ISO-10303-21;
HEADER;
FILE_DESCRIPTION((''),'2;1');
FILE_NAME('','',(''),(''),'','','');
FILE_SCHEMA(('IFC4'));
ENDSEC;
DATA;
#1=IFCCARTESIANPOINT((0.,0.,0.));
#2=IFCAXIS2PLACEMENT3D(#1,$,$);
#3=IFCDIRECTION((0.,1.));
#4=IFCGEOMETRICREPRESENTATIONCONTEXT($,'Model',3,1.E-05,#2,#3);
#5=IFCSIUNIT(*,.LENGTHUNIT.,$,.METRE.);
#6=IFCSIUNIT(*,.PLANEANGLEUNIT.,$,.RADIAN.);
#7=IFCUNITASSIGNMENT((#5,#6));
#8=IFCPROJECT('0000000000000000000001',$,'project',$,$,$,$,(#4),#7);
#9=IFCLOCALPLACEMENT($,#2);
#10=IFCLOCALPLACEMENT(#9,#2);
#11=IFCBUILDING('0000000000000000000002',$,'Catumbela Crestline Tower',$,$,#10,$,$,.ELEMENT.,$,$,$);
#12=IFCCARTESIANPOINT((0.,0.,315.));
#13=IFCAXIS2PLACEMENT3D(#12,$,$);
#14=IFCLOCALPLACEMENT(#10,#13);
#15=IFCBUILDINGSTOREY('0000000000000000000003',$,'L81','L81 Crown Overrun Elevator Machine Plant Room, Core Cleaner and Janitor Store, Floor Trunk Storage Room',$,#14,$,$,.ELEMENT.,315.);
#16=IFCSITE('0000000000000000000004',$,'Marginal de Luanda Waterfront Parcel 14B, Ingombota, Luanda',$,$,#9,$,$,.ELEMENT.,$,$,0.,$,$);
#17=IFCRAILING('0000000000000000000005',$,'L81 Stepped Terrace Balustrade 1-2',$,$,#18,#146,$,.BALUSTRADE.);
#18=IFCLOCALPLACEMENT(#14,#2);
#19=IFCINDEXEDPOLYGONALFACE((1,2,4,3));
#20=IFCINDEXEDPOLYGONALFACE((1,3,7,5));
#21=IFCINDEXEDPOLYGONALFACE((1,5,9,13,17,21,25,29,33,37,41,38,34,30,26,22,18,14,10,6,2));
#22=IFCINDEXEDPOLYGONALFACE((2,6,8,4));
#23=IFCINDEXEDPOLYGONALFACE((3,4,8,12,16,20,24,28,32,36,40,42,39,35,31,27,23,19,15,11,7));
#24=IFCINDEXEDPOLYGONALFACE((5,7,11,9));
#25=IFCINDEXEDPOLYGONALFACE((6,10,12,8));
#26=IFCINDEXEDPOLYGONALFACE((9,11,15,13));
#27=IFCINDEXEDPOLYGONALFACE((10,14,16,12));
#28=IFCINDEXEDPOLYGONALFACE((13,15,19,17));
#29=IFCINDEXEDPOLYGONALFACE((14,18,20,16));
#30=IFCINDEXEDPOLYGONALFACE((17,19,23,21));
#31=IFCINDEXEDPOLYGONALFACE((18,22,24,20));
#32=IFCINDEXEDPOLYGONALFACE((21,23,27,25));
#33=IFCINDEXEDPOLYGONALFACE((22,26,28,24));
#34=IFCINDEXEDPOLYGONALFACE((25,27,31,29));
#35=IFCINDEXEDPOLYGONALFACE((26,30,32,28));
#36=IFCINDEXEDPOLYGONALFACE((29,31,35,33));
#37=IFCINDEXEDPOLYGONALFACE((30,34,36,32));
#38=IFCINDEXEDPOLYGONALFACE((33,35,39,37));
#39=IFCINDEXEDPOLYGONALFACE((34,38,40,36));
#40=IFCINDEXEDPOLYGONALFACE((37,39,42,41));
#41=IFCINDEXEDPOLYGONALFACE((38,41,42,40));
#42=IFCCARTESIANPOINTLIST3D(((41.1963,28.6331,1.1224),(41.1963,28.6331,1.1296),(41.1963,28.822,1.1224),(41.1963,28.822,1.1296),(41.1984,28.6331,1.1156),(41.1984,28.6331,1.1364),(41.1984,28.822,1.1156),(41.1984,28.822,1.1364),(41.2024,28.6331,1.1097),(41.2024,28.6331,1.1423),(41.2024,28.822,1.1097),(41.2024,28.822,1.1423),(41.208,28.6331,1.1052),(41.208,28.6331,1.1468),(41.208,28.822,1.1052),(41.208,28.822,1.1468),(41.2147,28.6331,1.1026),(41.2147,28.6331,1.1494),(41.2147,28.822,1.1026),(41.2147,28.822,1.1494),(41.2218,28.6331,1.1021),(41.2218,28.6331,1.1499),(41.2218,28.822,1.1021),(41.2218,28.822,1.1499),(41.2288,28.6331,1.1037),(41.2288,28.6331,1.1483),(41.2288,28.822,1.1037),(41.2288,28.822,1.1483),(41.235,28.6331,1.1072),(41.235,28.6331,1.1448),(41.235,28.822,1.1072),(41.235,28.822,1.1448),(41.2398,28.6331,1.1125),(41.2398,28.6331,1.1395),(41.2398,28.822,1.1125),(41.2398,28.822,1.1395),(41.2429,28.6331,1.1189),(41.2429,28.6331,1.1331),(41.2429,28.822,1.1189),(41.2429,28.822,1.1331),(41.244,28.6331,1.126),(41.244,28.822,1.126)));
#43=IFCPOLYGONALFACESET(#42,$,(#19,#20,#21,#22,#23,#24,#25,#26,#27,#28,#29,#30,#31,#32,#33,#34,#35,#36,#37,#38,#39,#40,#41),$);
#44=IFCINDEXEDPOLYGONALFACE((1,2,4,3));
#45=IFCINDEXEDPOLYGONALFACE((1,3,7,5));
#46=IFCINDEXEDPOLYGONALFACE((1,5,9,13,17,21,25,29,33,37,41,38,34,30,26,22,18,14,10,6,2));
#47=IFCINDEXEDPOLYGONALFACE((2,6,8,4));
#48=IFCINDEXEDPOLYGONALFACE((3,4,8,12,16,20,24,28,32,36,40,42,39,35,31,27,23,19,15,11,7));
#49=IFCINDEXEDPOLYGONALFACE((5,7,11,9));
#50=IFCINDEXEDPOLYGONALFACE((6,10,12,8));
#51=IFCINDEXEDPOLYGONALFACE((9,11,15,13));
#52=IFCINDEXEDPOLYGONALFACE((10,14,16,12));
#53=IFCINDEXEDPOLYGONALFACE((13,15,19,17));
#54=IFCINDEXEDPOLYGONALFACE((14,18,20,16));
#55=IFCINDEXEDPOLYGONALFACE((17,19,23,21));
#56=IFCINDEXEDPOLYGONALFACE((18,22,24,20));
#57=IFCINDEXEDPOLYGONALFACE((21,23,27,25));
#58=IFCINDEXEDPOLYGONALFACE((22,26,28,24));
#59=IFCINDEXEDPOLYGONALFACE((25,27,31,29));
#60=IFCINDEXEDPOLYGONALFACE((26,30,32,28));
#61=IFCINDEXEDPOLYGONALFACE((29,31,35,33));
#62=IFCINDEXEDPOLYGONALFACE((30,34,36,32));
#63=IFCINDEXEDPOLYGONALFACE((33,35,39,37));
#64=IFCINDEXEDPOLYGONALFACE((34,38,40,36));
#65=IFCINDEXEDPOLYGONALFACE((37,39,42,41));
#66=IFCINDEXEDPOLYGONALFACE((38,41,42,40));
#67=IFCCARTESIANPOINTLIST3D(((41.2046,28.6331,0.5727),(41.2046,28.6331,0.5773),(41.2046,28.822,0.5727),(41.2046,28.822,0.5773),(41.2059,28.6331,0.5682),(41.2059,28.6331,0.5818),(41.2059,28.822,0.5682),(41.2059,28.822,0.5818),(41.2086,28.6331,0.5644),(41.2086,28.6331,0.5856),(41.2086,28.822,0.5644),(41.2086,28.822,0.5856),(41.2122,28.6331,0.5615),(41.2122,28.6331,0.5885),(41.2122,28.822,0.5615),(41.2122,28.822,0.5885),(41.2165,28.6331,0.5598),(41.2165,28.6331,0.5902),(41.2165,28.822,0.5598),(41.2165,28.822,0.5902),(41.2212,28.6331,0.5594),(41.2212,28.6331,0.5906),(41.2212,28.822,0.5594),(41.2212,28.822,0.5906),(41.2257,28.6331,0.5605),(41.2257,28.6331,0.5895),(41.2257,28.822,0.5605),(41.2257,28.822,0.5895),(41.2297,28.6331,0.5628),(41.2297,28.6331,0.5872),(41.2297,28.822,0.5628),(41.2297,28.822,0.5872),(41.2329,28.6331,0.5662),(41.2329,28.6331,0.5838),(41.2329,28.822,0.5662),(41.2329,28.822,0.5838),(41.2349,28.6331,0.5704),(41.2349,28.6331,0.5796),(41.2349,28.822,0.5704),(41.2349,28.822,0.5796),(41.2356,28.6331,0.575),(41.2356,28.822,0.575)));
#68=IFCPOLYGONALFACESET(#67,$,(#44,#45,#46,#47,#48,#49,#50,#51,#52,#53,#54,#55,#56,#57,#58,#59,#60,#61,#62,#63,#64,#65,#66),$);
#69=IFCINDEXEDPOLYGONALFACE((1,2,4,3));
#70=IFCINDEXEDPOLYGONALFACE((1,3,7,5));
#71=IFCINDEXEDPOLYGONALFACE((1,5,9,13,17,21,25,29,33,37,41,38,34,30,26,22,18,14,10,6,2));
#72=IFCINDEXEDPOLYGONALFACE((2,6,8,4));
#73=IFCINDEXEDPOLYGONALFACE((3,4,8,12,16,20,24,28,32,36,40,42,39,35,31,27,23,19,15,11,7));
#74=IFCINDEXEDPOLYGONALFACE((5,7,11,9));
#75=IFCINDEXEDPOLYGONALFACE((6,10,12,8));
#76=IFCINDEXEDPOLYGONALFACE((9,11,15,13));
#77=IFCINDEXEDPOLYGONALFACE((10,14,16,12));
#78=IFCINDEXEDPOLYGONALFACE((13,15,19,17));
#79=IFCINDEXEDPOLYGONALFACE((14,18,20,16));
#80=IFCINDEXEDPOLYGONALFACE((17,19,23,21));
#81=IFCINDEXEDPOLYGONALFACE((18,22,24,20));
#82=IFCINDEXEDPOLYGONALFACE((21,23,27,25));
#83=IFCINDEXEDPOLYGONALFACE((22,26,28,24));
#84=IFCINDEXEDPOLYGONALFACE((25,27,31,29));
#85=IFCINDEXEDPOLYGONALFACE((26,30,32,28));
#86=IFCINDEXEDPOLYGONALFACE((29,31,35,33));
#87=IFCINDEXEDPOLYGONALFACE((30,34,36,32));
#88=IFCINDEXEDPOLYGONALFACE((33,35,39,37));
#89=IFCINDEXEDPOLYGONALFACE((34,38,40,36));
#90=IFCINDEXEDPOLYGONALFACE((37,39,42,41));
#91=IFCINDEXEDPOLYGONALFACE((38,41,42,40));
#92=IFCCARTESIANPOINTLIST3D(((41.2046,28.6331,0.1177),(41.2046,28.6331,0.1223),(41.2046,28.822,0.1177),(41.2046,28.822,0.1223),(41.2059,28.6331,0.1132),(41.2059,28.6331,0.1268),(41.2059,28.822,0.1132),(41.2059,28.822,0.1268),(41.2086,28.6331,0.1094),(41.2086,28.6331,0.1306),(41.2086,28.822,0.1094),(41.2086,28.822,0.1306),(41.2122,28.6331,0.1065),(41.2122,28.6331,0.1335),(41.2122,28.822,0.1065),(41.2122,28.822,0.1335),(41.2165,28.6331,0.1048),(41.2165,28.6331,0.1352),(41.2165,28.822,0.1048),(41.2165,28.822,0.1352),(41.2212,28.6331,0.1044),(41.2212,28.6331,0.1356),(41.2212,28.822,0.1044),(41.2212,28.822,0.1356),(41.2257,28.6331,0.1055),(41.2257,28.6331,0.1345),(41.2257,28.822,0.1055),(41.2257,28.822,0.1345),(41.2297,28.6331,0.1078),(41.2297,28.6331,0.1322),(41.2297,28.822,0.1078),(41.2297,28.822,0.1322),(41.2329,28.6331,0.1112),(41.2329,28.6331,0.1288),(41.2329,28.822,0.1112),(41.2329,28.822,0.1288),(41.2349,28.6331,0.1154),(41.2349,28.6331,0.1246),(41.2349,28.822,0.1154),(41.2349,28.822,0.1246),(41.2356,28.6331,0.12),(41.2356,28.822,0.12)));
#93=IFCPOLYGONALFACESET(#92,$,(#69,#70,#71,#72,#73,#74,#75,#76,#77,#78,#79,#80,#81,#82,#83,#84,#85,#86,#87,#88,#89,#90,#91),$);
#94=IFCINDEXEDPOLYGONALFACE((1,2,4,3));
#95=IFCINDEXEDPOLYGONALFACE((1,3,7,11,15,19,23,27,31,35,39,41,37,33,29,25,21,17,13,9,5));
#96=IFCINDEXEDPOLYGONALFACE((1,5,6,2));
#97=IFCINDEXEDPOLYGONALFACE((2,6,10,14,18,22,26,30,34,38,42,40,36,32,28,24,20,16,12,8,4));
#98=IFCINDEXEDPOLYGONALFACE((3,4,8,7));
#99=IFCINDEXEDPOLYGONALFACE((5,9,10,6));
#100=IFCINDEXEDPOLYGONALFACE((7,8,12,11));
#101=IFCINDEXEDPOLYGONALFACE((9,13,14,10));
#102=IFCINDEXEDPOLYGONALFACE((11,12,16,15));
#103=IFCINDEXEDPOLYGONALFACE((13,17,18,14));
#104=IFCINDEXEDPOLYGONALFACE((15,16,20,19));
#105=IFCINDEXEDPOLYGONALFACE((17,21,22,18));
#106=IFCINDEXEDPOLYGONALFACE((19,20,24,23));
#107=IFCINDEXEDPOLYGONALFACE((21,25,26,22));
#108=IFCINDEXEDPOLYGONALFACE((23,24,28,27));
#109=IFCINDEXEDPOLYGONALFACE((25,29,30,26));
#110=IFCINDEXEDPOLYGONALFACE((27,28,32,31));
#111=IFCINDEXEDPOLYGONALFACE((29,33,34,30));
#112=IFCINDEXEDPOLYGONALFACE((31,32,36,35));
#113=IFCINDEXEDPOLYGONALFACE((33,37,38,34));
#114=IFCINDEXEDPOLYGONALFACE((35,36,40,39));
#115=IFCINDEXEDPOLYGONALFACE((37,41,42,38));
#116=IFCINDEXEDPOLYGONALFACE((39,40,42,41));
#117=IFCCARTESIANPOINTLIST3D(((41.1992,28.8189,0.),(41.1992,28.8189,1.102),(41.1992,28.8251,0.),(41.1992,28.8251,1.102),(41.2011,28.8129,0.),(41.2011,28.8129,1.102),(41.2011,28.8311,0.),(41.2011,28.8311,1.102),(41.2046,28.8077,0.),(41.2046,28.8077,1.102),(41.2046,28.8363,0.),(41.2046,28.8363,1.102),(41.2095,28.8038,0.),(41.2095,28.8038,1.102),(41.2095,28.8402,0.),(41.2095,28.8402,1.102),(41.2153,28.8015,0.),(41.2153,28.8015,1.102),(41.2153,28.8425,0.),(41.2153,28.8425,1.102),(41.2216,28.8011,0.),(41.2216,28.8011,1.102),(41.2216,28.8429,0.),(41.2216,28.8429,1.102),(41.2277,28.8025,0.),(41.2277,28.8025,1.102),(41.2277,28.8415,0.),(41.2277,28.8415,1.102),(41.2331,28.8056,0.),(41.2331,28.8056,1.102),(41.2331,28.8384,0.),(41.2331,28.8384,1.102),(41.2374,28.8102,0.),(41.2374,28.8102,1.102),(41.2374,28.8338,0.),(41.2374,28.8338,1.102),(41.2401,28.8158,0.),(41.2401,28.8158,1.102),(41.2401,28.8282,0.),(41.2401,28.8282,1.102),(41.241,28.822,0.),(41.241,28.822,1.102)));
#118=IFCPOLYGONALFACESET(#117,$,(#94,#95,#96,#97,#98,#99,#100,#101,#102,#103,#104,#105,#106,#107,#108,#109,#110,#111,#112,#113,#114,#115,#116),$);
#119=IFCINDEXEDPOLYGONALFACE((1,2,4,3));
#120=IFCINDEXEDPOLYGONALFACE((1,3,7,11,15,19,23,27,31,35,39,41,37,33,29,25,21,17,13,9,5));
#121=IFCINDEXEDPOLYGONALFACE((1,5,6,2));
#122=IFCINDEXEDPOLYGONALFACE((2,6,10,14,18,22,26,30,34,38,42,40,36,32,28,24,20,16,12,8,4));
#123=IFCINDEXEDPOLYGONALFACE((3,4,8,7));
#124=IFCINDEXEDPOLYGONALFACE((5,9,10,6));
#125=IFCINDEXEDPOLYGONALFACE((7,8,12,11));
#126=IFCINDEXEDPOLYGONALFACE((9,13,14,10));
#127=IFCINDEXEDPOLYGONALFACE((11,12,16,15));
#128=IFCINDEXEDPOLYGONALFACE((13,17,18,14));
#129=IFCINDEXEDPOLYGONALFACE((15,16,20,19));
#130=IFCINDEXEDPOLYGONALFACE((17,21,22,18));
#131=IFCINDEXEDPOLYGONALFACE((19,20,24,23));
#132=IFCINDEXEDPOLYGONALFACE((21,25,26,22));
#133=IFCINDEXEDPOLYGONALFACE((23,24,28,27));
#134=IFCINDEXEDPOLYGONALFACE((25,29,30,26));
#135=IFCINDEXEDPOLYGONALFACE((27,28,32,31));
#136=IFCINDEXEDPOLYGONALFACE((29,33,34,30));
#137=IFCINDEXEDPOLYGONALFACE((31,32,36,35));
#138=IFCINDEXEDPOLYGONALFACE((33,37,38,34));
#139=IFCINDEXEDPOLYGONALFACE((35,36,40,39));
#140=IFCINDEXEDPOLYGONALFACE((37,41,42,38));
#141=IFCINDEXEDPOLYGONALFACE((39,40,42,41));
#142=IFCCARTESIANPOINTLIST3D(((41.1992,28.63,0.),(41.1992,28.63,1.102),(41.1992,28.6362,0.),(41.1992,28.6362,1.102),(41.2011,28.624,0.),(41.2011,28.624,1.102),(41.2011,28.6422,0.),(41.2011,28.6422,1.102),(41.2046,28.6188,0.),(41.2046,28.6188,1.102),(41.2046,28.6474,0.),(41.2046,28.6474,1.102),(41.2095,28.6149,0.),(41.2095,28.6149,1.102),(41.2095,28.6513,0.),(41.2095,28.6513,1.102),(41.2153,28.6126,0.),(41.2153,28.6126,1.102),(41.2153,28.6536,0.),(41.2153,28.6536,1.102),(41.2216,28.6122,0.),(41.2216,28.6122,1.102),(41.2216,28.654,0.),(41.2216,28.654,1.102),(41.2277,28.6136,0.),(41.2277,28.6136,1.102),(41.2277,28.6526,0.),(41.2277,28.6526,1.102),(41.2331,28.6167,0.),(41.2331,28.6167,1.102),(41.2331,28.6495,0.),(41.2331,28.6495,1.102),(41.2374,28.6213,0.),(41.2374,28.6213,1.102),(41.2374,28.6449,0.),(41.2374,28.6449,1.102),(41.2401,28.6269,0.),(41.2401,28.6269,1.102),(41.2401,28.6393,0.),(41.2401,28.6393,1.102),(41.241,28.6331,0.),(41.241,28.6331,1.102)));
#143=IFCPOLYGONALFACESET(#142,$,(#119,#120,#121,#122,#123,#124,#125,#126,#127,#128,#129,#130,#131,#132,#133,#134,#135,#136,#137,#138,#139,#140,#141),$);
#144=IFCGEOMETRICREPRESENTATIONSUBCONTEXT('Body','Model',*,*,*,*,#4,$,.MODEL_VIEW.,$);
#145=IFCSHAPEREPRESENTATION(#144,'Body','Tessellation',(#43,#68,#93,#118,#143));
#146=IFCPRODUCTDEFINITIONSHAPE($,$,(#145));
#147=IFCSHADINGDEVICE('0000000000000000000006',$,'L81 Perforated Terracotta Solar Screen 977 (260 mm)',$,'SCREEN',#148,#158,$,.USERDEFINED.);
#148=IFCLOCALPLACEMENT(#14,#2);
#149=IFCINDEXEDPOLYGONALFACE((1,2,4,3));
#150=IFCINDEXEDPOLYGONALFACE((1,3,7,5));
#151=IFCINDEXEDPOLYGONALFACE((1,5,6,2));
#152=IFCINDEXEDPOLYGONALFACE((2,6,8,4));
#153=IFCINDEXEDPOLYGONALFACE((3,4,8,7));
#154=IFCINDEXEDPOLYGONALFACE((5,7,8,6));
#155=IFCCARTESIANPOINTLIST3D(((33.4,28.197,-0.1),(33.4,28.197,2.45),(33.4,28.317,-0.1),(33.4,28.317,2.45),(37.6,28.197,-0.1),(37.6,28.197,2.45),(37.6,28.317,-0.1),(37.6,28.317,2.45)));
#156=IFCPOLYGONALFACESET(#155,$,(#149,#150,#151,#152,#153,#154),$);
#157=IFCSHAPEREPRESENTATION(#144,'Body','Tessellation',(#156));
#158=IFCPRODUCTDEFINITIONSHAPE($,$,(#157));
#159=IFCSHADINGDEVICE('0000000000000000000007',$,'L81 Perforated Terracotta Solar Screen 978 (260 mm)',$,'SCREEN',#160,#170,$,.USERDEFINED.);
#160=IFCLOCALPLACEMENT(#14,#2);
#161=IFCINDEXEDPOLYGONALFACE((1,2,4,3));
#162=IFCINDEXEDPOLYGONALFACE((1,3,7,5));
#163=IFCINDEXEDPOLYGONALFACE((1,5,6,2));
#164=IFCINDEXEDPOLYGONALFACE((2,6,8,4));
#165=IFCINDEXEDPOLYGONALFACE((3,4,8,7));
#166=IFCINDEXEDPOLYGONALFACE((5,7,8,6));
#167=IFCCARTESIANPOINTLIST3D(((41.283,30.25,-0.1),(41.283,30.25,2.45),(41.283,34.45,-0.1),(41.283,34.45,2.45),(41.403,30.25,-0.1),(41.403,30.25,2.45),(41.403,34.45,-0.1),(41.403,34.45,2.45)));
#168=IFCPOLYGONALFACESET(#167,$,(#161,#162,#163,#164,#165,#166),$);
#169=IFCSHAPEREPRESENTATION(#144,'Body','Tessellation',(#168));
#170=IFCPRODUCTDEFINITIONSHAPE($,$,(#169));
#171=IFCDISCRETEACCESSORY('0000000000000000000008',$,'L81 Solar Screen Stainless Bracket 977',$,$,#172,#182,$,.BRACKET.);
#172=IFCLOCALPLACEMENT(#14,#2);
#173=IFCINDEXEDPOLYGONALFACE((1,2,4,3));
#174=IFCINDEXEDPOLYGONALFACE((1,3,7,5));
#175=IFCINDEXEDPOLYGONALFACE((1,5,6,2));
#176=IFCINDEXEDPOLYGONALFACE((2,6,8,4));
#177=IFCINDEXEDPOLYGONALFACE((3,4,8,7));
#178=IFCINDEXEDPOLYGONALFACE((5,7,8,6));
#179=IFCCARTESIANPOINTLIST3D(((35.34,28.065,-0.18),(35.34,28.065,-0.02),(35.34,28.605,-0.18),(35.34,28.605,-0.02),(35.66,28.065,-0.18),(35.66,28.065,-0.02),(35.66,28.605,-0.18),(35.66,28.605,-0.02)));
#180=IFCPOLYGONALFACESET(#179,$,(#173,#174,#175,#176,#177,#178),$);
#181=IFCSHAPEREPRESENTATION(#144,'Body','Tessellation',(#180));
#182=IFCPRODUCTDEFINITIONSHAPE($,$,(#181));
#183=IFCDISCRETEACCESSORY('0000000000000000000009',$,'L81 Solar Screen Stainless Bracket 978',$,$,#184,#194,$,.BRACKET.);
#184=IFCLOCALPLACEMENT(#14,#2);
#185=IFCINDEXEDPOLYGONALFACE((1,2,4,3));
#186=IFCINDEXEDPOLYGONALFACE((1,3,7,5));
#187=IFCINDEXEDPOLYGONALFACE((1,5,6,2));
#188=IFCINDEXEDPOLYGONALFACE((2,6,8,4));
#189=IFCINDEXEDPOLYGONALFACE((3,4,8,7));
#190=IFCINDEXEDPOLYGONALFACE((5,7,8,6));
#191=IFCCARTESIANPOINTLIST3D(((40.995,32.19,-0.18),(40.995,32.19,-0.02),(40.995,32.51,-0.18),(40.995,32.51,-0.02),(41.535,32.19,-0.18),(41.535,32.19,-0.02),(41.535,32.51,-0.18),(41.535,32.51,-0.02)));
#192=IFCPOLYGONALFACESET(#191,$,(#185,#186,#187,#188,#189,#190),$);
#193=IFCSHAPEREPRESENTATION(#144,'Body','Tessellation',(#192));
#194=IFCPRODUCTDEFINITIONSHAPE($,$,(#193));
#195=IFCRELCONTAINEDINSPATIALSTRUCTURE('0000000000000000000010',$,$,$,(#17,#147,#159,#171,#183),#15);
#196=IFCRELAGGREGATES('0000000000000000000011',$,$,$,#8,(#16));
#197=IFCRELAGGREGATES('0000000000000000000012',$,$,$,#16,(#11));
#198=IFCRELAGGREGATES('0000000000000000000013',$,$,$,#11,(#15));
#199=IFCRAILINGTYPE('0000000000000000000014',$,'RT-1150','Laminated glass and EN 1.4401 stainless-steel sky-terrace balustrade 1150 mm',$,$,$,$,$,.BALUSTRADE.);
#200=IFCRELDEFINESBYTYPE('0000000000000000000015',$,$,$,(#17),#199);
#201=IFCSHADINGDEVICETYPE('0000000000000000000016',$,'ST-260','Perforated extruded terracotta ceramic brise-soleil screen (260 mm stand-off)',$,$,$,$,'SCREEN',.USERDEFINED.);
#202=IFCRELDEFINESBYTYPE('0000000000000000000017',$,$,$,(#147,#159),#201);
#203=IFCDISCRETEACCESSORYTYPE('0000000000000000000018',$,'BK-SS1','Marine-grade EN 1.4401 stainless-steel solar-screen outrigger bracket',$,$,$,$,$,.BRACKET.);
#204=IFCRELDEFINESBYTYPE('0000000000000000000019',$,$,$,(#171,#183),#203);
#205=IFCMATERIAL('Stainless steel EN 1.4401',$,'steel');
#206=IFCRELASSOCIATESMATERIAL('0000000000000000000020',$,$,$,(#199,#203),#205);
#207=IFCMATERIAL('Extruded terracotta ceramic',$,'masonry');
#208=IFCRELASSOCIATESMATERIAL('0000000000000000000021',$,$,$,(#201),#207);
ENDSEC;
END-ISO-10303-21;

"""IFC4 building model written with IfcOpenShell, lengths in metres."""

from ifc_helpers import new_model, si_unit, direction, frame, origin, origin_2d, place, context, subcontext, project, spatial, rectangle, circle, extrude, material, type_object, element, save


model = new_model("IFC4")

# Units and contexts
model_context = context("Model", 3, precision=1e-05, world=origin(), true_north=direction((0.0, 1.0)))
body_context = subcontext(model_context, "Body", "Model", "MODEL_VIEW")
ifc_project = project(units=[si_unit("LENGTHUNIT", "METRE"), si_unit("PLANEANGLEUNIT", "RADIAN")], contexts=[model_context])

# Site, building, storey
site_placement = place(None, origin())
site = spatial("IfcSite", under=ifc_project, at=site_placement, Name="Marginal de Luanda Waterfront Parcel 14B, Ingombota, Luanda", CompositionType="ELEMENT", RefElevation=0.0)
building_placement = place(site_placement, origin())
building = spatial("IfcBuilding", under=site, at=building_placement, Name="Catumbela Crestline Tower", CompositionType="ELEMENT")
storey_placement = place(building_placement, frame((0.0, 0.0, 315.0)))
storey = spatial("IfcBuildingStorey", under=building, at=storey_placement, Name="L81", Description="L81 Crown Overrun Elevator Machine Plant Room, Core Cleaner and Janitor Store, Floor Trunk Storage Room", CompositionType="ELEMENT", Elevation=315.0)

# Shared definitions
ifc_material_1 = material(Name="Stainless steel EN 1.4401", Category="steel")

# Railing
railing_type = type_object("IfcRailingType", Name="RT-1150", Description="Laminated glass and EN 1.4401 stainless-steel sky-terrace balustrade 1150 mm", PredefinedType="BALUSTRADE", material=ifc_material_1)
railing_1_placement = place(storey_placement, frame((41.22, 28.822, 0.0)))
element("IfcRailing", 1, at=railing_1_placement, inside=storey, type_object=railing_type, Name="L81 Stepped Terrace Balustrade 1-2", PredefinedType="BALUSTRADE", context=body_context, shape_type="SweptSolid", body=[
    extrude(circle(Radius=0.024, at=origin_2d()), frame((0.0, 0.0, 1.126), z_axis=(0.0, -1.0, 0.0), x_axis=(1.0, 0.0, 0.0)), (0.0, 0.0, 1.0), 0.1889),
    extrude(circle(Radius=0.0156, at=origin_2d()), frame((0.0, 0.0, 0.575), z_axis=(0.0, -1.0, 0.0), x_axis=(1.0, 0.0, 0.0)), (0.0, 0.0, 1.0), 0.1889),
    extrude(circle(Radius=0.0156, at=origin_2d()), frame((0.0, 0.0, 0.12), z_axis=(0.0, -1.0, 0.0), x_axis=(1.0, 0.0, 0.0)), (0.0, 0.0, 1.0), 0.1889),
    extrude(circle(Radius=0.021, at=origin_2d()), origin(), (0.0, 0.0, 1.0), 1.102),
    extrude(circle(Radius=0.021, at=origin_2d()), frame((0.0, -0.1889, 0.0)), (0.0, 0.0, 1.0), 1.102),
])

# Shading devices
ifc_material_2 = material(Name="Extruded terracotta ceramic", Category="masonry")
shading_device_type = type_object("IfcShadingDeviceType", Name="ST-260", Description="Perforated extruded terracotta ceramic brise-soleil screen (260 mm stand-off)", ElementType="SCREEN", PredefinedType="USERDEFINED", material=ifc_material_2)
for number, where, z_axis, x_axis, name in (
    (2, (35.5, 28.257, -0.1), (0.0, 0.0, 1.0), (1.0, 0.0, 0.0), "L81 Perforated Terracotta Solar Screen 977 (260 mm)"),
    (3, (41.343, 32.35, -0.1), (0.0, 0.0, 1.0), (0.0, 1.0, 0.0), "L81 Perforated Terracotta Solar Screen 978 (260 mm)"),
):
    element("IfcShadingDevice", number, at=place(storey_placement, frame(where, z_axis=z_axis, x_axis=x_axis)), inside=storey, type_object=shading_device_type, Name=name, ObjectType="SCREEN", PredefinedType="USERDEFINED", context=body_context, shape_type="SweptSolid", body=[
        extrude(rectangle(XDim=4.2, YDim=0.12, at=origin_2d()), origin(), (0.0, 0.0, 1.0), 2.55),
    ])

# Discrete accessories
discrete_accessory_type = type_object("IfcDiscreteAccessoryType", Name="BK-SS1", Description="Marine-grade EN 1.4401 stainless-steel solar-screen outrigger bracket", PredefinedType="BRACKET", material=ifc_material_1)
for number, where, z_axis, x_axis, name in (
    (4, (35.5, 28.335, -0.18), (0.0, 0.0, 1.0), (1.0, 0.0, 0.0), "L81 Solar Screen Stainless Bracket 977"),
    (5, (41.265, 32.35, -0.18), (0.0, 0.0, 1.0), (0.0, 1.0, 0.0), "L81 Solar Screen Stainless Bracket 978"),
):
    element("IfcDiscreteAccessory", number, at=place(storey_placement, frame(where, z_axis=z_axis, x_axis=x_axis)), inside=storey, type_object=discrete_accessory_type, Name=name, PredefinedType="BRACKET", context=body_context, shape_type="SweptSolid", body=[
        extrude(rectangle(XDim=0.32, YDim=0.54, at=origin_2d()), origin(), (0.0, 0.0, 1.0), 0.16),
    ])

save(model, "model.ifc")
